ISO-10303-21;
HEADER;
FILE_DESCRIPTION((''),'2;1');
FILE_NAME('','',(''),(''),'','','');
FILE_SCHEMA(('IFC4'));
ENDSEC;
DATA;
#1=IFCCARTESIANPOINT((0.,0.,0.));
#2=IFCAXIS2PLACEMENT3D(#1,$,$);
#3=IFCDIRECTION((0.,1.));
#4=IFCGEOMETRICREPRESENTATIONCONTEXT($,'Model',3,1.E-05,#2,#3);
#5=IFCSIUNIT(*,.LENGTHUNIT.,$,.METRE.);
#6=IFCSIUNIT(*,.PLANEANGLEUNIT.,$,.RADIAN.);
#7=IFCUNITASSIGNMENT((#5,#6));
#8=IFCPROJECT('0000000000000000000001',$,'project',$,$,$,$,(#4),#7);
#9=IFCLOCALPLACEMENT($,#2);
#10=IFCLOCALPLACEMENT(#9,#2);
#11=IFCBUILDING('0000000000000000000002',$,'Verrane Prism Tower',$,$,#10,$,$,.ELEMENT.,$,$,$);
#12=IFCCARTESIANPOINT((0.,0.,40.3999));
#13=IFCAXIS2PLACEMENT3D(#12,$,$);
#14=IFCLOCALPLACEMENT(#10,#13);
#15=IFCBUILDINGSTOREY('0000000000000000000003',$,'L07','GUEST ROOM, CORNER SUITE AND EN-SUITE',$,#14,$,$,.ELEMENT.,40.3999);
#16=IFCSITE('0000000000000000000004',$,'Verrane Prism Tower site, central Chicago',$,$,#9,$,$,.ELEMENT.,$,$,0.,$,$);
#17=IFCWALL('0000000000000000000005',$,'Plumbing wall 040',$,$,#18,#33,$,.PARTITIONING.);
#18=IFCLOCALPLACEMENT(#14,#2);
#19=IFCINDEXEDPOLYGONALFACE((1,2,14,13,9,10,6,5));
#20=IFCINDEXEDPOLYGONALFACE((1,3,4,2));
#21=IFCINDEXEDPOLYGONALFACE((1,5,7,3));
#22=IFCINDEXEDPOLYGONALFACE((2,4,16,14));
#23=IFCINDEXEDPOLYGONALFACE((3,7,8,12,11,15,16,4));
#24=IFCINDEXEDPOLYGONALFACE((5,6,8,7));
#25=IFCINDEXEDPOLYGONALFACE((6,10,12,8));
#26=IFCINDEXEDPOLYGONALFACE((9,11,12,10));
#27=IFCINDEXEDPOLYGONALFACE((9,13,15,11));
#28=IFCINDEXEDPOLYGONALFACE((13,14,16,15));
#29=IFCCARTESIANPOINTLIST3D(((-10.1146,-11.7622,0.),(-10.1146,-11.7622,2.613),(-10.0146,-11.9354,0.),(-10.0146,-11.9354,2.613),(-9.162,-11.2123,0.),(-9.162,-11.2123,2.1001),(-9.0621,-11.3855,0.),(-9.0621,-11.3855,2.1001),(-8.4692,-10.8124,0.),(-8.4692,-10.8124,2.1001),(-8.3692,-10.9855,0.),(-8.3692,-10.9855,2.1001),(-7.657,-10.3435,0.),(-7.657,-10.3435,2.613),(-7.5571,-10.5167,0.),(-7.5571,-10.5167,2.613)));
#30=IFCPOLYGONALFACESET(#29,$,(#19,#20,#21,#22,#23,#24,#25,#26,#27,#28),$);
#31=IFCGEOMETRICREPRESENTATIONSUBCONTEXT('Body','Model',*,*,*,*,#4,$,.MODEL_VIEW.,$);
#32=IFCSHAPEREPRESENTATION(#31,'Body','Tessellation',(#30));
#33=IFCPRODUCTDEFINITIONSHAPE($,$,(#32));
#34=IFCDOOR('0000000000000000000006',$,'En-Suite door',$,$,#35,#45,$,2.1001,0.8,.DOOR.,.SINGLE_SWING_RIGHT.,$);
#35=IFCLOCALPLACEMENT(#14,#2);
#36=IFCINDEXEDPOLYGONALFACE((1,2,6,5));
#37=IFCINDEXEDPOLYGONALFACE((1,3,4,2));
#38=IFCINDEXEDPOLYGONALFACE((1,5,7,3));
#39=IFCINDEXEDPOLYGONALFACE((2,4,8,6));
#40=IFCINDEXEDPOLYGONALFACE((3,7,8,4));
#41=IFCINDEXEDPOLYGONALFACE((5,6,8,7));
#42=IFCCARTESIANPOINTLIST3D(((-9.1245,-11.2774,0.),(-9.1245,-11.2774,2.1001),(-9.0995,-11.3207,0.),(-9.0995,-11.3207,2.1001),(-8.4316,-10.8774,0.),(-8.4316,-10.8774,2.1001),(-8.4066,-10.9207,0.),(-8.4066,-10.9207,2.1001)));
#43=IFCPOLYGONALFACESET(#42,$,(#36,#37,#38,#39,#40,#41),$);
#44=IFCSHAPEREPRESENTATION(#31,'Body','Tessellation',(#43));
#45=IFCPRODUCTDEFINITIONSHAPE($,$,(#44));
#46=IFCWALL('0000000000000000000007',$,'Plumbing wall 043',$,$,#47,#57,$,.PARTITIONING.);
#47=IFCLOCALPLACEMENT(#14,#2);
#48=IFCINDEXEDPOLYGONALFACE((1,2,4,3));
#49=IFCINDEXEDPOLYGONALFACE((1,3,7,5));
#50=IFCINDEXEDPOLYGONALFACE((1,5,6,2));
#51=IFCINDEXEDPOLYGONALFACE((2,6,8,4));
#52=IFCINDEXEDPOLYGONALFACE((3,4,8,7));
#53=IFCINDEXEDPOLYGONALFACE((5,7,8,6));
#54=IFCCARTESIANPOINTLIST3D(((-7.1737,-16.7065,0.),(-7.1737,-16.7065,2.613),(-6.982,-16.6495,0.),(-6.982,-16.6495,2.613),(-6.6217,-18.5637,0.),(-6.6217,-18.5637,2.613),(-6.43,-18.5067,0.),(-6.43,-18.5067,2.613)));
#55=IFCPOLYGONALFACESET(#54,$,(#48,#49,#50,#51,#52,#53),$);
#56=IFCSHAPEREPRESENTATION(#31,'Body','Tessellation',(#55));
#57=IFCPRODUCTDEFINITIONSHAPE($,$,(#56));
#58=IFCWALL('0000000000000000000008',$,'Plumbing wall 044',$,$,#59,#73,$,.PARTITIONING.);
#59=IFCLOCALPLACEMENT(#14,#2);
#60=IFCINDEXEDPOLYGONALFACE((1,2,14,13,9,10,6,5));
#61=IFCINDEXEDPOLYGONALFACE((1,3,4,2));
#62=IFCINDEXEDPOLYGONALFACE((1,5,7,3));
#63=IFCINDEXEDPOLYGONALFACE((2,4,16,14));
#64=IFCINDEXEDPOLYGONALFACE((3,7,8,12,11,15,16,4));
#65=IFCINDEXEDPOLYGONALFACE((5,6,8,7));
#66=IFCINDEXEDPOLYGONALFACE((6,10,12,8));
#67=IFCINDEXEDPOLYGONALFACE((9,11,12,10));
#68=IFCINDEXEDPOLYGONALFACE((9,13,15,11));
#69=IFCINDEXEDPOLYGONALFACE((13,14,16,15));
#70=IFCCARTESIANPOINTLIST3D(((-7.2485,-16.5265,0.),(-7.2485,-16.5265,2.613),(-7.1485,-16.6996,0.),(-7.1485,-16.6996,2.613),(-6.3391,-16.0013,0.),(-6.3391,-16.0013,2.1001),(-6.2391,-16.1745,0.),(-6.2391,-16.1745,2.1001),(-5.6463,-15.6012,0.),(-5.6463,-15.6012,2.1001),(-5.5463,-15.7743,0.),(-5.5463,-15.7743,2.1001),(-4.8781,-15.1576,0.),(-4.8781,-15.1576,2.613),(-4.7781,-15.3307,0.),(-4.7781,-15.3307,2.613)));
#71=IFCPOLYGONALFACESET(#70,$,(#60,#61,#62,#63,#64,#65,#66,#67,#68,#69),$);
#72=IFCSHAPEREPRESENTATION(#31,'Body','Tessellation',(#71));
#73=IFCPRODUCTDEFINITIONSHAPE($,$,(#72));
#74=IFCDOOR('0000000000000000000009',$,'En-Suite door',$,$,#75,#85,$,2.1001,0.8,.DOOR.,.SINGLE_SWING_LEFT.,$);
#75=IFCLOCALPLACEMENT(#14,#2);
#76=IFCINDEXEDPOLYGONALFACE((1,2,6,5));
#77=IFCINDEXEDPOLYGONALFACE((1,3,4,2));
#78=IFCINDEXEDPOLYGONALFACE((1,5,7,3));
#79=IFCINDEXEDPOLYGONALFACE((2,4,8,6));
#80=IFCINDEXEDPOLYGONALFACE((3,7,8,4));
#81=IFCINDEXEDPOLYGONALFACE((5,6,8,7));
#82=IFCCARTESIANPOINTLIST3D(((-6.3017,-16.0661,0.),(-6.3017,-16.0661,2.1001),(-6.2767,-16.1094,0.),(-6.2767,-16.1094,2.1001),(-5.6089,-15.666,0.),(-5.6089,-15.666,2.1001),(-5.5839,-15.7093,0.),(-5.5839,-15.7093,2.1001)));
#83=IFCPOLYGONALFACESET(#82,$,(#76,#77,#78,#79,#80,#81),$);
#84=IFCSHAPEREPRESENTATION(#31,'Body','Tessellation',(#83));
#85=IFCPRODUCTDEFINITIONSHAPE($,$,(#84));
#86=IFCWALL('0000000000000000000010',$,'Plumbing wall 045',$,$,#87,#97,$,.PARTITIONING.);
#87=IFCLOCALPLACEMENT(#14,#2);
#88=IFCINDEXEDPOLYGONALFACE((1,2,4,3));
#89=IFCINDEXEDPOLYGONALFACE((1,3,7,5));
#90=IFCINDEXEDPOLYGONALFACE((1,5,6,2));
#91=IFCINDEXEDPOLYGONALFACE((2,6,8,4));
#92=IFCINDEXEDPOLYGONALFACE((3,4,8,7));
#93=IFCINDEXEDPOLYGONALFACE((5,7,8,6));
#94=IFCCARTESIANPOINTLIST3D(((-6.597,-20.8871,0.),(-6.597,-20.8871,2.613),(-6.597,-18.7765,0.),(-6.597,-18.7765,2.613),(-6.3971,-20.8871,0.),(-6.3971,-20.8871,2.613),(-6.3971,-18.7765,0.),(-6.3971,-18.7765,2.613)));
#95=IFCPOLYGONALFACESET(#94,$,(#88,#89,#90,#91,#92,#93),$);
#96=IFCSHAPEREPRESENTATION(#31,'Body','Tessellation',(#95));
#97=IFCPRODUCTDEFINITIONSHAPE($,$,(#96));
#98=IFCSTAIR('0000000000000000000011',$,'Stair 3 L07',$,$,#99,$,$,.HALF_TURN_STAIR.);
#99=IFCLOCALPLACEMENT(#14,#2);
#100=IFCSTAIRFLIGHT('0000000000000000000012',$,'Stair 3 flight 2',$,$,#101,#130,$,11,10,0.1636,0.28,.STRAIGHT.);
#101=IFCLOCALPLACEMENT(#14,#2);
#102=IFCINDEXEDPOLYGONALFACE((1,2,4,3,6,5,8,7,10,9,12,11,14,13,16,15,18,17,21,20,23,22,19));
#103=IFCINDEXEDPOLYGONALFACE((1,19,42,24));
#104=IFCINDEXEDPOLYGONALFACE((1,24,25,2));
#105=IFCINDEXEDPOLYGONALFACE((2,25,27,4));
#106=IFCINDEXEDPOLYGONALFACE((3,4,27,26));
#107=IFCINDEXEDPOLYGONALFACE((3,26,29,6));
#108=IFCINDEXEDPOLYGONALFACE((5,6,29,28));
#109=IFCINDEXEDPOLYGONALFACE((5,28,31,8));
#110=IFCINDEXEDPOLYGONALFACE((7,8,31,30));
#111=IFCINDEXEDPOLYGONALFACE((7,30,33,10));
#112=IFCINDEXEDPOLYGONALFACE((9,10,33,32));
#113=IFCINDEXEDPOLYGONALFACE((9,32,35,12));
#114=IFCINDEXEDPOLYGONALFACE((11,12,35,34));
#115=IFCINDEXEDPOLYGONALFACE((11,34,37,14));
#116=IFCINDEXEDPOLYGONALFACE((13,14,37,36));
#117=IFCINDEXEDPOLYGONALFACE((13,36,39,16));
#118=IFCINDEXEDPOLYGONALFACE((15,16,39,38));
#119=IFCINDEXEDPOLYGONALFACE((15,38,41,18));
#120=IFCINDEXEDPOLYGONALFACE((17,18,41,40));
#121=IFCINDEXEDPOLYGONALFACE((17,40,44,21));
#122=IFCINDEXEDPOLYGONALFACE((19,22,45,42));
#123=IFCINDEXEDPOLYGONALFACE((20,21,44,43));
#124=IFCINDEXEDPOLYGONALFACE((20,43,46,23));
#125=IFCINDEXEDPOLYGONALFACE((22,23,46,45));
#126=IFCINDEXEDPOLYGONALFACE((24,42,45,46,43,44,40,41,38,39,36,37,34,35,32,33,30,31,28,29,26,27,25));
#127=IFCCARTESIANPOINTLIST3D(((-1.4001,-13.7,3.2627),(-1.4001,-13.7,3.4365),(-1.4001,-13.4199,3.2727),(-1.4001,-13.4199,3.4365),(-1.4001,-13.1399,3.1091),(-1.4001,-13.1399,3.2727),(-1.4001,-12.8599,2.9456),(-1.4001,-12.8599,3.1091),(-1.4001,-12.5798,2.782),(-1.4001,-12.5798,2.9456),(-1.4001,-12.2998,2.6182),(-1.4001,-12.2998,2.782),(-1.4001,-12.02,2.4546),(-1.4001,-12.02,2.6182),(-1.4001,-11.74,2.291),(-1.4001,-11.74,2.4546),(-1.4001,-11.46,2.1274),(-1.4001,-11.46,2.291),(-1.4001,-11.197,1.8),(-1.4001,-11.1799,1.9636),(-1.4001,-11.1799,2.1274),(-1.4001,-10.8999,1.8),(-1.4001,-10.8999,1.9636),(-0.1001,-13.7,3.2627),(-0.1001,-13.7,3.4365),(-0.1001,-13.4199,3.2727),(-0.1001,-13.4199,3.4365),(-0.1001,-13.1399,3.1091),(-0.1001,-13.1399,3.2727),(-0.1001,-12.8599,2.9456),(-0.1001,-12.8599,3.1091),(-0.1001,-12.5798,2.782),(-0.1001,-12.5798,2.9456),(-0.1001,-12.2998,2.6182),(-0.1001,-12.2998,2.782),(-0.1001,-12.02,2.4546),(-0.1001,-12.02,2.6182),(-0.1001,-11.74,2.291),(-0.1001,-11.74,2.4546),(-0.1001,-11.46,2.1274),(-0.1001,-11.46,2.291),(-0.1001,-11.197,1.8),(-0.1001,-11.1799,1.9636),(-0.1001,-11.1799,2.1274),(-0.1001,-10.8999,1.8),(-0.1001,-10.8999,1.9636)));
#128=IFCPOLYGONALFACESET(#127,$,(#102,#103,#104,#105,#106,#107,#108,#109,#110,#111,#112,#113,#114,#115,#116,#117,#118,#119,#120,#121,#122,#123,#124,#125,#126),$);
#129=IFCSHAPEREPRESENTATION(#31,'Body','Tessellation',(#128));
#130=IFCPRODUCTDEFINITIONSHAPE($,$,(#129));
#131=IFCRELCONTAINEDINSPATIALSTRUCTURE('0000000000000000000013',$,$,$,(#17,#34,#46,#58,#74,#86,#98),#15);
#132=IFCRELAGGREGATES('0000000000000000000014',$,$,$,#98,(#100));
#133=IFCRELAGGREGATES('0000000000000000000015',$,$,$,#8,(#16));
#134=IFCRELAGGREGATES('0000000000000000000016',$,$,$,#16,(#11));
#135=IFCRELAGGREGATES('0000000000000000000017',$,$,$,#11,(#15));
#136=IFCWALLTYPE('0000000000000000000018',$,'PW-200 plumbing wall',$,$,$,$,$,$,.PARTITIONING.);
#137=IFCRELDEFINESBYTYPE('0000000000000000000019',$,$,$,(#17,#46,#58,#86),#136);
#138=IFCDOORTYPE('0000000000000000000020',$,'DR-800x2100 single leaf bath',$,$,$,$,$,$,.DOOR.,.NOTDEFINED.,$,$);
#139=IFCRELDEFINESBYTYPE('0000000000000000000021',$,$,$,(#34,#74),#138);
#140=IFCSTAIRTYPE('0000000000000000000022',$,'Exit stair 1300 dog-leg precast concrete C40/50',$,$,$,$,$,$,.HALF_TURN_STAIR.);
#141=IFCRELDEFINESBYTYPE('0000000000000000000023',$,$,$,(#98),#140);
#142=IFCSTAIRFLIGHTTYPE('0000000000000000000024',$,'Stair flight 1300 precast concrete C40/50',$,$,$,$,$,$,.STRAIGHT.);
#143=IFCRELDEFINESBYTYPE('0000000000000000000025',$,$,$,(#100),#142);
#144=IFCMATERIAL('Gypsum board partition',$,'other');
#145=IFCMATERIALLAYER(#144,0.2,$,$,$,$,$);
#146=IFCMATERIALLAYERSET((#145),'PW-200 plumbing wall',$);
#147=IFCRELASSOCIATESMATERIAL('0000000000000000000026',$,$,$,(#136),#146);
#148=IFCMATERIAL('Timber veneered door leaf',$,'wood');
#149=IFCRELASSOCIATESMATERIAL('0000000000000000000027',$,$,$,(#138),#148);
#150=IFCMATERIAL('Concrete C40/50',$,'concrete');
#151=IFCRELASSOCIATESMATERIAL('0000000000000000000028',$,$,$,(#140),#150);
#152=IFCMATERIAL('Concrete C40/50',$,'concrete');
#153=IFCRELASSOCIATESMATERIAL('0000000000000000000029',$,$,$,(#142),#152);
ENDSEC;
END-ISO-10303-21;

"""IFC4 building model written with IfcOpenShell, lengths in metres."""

from ifc_helpers import new_model, si_unit, direction, frame, frame_2d, origin, place, context, subcontext, project, spatial, polyline, rectangle, outline, extrude, material, layer, layer_set, type_object, element, fill, aggregate, save


model = new_model("IFC4")

# Units and contexts
model_context = context("Model", 3, precision=1e-05, world=origin(), true_north=direction((0.0, 1.0)))
body_context = subcontext(model_context, "Body", "Model", "MODEL_VIEW")
ifc_project = project(units=[si_unit("LENGTHUNIT", "METRE"), si_unit("PLANEANGLEUNIT", "RADIAN")], contexts=[model_context])

# Site, building, storey
site_placement = place(None, origin())
site = spatial("IfcSite", under=ifc_project, at=site_placement, Name="Verrane Prism Tower site, central Chicago", CompositionType="ELEMENT", RefElevation=0.0)
building_placement = place(site_placement, origin())
building = spatial("IfcBuilding", under=site, at=building_placement, Name="Verrane Prism Tower", CompositionType="ELEMENT")
storey_placement = place(building_placement, frame((0.0, 0.0, 40.3999)))
storey = spatial("IfcBuildingStorey", under=building, at=storey_placement, Name="L07", Description="GUEST ROOM, CORNER SUITE AND EN-SUITE", CompositionType="ELEMENT", Elevation=40.3999)

# Shared definitions
ifc_material_1 = material(Name="Gypsum board partition", Category="other")
ifc_layer_1 = layer(ifc_material_1, 0.2)
ifc_layer_set_1 = layer_set([ifc_layer_1], Name="PW-200 plumbing wall")
wall_type_1 = type_object("IfcWallType", Name="PW-200 plumbing wall", PredefinedType="PARTITIONING", material=ifc_layer_set_1)

# Wall, opening, door
wall_1_placement = place(storey_placement, frame((-10.0647, -11.8489, 0.0), z_axis=(0.0, 0.0, 1.0), x_axis=(0.866048, 0.499961, 0.0)))
wall_1 = element("IfcWall", 1, at=wall_1_placement, inside=storey, type_object=wall_type_1, Name="Plumbing wall 040", PredefinedType="PARTITIONING", context=body_context, shape_type="SweptSolid", body=[
    extrude(rectangle(XDim=2.8376, YDim=0.2, at=frame_2d((1.4189, 0.0))), origin(), (0.0, 0.0, 1.0), 2.613),
])
opening_1_placement = place(wall_1_placement, frame((1.1001, 0.0, 0.0)))
opening_1 = element("IfcOpeningElement", 2, at=opening_1_placement, cuts=wall_1, PredefinedType="OPENING", context=body_context, shape_type="SweptSolid", body=[
    extrude(rectangle(XDim=0.8, YDim=2.1001, at=frame_2d((0.3999, 1.05))), frame((0.0, 0.1099, 0.0), z_axis=(0.0, -1.0, 0.0), x_axis=(1.0, 0.0, 0.0)), (0.0, 0.0, 1.0), 0.22),
])
ifc_material_2 = material(Name="Timber veneered door leaf", Category="wood")
door_type_1 = type_object("IfcDoorType", Name="DR-800x2100 single leaf bath", OperationType="NOTDEFINED", PredefinedType="DOOR", material=ifc_material_2)
door_1_placement = place(opening_1_placement, origin())
door_1 = element("IfcDoor", 3, at=door_1_placement, inside=storey, type_object=door_type_1, Name="En-Suite door", OperationType="SINGLE_SWING_RIGHT", OverallHeight=2.1001, OverallWidth=0.8, PredefinedType="DOOR", context=body_context, shape_type="SweptSolid", body=[
    extrude(rectangle(XDim=0.8, YDim=2.1001, at=frame_2d((0.3999, 1.05))), frame((0.0, 0.0249, 0.0), z_axis=(0.0, -1.0, 0.0), x_axis=(1.0, 0.0, 0.0)), (0.0, 0.0, 1.0), 0.05),
])
fill(opening_1, door_1)

# Wall
wall_2_placement = place(storey_placement, frame((-7.0779, -16.678, 0.0), z_axis=(0.0, 0.0, 1.0), x_axis=(0.284908, -0.958555, 0.0)))
element("IfcWall", 4, at=wall_2_placement, inside=storey, type_object=wall_type_1, Name="Plumbing wall 043", PredefinedType="PARTITIONING", context=body_context, shape_type="SweptSolid", body=[
    extrude(rectangle(XDim=1.9375, YDim=0.2, at=frame_2d((0.9688, 0.0))), origin(), (0.0, 0.0, 1.0), 2.613),
])

# Wall, opening, door
wall_3_placement = place(storey_placement, frame((-4.8281, -15.2441, 0.0), z_axis=(0.0, 0.0, 1.0), x_axis=(-0.865967, -0.500101, 0.0)))
wall_3 = element("IfcWall", 5, at=wall_3_placement, inside=storey, type_object=wall_type_1, Name="Plumbing wall 044", PredefinedType="PARTITIONING", context=body_context, shape_type="SweptSolid", body=[
    extrude(rectangle(XDim=2.7373, YDim=0.2, at=frame_2d((1.3687, 0.0))), origin(), (0.0, 0.0, 1.0), 2.613),
])
opening_2_placement = place(wall_3_placement, frame((0.8872, 0.0, 0.0)))
opening_2 = element("IfcOpeningElement", 6, at=opening_2_placement, cuts=wall_3, PredefinedType="OPENING", context=body_context, shape_type="SweptSolid", body=[
    extrude(rectangle(XDim=0.8, YDim=2.1001, at=frame_2d((0.3999, 1.05))), frame((0.0, 0.1099, 0.0), z_axis=(0.0, -1.0, 0.0), x_axis=(1.0, 0.0, 0.0)), (0.0, 0.0, 1.0), 0.22),
])
door_2_placement = place(opening_2_placement, origin())
door_2 = element("IfcDoor", 7, at=door_2_placement, inside=storey, type_object=door_type_1, Name="En-Suite door", OperationType="SINGLE_SWING_LEFT", OverallHeight=2.1001, OverallWidth=0.8, PredefinedType="DOOR", context=body_context, shape_type="SweptSolid", body=[
    extrude(rectangle(XDim=0.8, YDim=2.1001, at=frame_2d((0.3999, 1.05))), frame((0.0, 0.0249, 0.0), z_axis=(0.0, -1.0, 0.0), x_axis=(1.0, 0.0, 0.0)), (0.0, 0.0, 1.0), 0.05),
])
fill(opening_2, door_2)

# Wall
wall_4_placement = place(storey_placement, frame((-6.4971, -20.887, 0.0), z_axis=(0.0, 0.0, 1.0), x_axis=(0.0, 1.0, 0.0)))
element("IfcWall", 8, at=wall_4_placement, inside=storey, type_object=wall_type_1, Name="Plumbing wall 045", PredefinedType="PARTITIONING", context=body_context, shape_type="SweptSolid", body=[
    extrude(rectangle(XDim=2.1106, YDim=0.2, at=frame_2d((1.0552, 0.0))), origin(), (0.0, 0.0, 1.0), 2.613),
])

# Stair, stair flight
ifc_material_3 = material(Name="Concrete C40/50", Category="concrete")
stair_type = type_object("IfcStairType", Name="Exit stair 1300 dog-leg precast concrete C40/50", PredefinedType="HALF_TURN_STAIR", material=ifc_material_3)
stair_placement = place(storey_placement, origin())
stair = element("IfcStair", 9, at=stair_placement, inside=storey, type_object=stair_type, Name="Stair 3 L07", PredefinedType="HALF_TURN_STAIR")
ifc_material_4 = material(Name="Concrete C40/50", Category="concrete")
stair_flight_type = type_object("IfcStairFlightType", Name="Stair flight 1300 precast concrete C40/50", PredefinedType="STRAIGHT", material=ifc_material_4)
stair_flight_placement = place(storey_placement, frame((-0.75, -10.8999, 1.8), z_axis=(0.0, 0.0, 1.0), x_axis=(0.0, -1.0, 0.0)))
stair_flight = element("IfcStairFlight", 10, at=stair_flight_placement, type_object=stair_flight_type, Name="Stair 3 flight 2", NumberOfRisers=11, NumberOfTreads=10, PredefinedType="STRAIGHT", RiserHeight=0.1636, TreadLength=0.28, context=body_context, shape_type="SweptSolid", body=[
    extrude(outline(polyline([(0.0, 0.0), (0.0, 0.1636), (0.28, 0.1636), (0.28, 0.3274), (0.5601, 0.3274), (0.5601, 0.491), (0.8401, 0.491), (0.8401, 0.6545), (1.1201, 0.6545), (1.1201, 0.8181), (1.3999, 0.8181), (1.3999, 0.9819), (1.6799, 0.9819), (1.6799, 1.1455), (1.96, 1.1455), (1.96, 1.3091), (2.24, 1.3091), (2.24, 1.4727), (2.52, 1.4727), (2.52, 1.6365), (2.8, 1.6365), (2.8, 1.8), (2.8, 1.4626), (0.2971, 0.0), (0.0, 0.0)])), frame((0.0, 0.6499, 0.0), z_axis=(0.0, -1.0, 0.0), x_axis=(1.0, 0.0, 0.0)), (0.0, 0.0, 1.0), 1.3),
])
aggregate(stair, [stair_flight])

save(model, "model.ifc")
